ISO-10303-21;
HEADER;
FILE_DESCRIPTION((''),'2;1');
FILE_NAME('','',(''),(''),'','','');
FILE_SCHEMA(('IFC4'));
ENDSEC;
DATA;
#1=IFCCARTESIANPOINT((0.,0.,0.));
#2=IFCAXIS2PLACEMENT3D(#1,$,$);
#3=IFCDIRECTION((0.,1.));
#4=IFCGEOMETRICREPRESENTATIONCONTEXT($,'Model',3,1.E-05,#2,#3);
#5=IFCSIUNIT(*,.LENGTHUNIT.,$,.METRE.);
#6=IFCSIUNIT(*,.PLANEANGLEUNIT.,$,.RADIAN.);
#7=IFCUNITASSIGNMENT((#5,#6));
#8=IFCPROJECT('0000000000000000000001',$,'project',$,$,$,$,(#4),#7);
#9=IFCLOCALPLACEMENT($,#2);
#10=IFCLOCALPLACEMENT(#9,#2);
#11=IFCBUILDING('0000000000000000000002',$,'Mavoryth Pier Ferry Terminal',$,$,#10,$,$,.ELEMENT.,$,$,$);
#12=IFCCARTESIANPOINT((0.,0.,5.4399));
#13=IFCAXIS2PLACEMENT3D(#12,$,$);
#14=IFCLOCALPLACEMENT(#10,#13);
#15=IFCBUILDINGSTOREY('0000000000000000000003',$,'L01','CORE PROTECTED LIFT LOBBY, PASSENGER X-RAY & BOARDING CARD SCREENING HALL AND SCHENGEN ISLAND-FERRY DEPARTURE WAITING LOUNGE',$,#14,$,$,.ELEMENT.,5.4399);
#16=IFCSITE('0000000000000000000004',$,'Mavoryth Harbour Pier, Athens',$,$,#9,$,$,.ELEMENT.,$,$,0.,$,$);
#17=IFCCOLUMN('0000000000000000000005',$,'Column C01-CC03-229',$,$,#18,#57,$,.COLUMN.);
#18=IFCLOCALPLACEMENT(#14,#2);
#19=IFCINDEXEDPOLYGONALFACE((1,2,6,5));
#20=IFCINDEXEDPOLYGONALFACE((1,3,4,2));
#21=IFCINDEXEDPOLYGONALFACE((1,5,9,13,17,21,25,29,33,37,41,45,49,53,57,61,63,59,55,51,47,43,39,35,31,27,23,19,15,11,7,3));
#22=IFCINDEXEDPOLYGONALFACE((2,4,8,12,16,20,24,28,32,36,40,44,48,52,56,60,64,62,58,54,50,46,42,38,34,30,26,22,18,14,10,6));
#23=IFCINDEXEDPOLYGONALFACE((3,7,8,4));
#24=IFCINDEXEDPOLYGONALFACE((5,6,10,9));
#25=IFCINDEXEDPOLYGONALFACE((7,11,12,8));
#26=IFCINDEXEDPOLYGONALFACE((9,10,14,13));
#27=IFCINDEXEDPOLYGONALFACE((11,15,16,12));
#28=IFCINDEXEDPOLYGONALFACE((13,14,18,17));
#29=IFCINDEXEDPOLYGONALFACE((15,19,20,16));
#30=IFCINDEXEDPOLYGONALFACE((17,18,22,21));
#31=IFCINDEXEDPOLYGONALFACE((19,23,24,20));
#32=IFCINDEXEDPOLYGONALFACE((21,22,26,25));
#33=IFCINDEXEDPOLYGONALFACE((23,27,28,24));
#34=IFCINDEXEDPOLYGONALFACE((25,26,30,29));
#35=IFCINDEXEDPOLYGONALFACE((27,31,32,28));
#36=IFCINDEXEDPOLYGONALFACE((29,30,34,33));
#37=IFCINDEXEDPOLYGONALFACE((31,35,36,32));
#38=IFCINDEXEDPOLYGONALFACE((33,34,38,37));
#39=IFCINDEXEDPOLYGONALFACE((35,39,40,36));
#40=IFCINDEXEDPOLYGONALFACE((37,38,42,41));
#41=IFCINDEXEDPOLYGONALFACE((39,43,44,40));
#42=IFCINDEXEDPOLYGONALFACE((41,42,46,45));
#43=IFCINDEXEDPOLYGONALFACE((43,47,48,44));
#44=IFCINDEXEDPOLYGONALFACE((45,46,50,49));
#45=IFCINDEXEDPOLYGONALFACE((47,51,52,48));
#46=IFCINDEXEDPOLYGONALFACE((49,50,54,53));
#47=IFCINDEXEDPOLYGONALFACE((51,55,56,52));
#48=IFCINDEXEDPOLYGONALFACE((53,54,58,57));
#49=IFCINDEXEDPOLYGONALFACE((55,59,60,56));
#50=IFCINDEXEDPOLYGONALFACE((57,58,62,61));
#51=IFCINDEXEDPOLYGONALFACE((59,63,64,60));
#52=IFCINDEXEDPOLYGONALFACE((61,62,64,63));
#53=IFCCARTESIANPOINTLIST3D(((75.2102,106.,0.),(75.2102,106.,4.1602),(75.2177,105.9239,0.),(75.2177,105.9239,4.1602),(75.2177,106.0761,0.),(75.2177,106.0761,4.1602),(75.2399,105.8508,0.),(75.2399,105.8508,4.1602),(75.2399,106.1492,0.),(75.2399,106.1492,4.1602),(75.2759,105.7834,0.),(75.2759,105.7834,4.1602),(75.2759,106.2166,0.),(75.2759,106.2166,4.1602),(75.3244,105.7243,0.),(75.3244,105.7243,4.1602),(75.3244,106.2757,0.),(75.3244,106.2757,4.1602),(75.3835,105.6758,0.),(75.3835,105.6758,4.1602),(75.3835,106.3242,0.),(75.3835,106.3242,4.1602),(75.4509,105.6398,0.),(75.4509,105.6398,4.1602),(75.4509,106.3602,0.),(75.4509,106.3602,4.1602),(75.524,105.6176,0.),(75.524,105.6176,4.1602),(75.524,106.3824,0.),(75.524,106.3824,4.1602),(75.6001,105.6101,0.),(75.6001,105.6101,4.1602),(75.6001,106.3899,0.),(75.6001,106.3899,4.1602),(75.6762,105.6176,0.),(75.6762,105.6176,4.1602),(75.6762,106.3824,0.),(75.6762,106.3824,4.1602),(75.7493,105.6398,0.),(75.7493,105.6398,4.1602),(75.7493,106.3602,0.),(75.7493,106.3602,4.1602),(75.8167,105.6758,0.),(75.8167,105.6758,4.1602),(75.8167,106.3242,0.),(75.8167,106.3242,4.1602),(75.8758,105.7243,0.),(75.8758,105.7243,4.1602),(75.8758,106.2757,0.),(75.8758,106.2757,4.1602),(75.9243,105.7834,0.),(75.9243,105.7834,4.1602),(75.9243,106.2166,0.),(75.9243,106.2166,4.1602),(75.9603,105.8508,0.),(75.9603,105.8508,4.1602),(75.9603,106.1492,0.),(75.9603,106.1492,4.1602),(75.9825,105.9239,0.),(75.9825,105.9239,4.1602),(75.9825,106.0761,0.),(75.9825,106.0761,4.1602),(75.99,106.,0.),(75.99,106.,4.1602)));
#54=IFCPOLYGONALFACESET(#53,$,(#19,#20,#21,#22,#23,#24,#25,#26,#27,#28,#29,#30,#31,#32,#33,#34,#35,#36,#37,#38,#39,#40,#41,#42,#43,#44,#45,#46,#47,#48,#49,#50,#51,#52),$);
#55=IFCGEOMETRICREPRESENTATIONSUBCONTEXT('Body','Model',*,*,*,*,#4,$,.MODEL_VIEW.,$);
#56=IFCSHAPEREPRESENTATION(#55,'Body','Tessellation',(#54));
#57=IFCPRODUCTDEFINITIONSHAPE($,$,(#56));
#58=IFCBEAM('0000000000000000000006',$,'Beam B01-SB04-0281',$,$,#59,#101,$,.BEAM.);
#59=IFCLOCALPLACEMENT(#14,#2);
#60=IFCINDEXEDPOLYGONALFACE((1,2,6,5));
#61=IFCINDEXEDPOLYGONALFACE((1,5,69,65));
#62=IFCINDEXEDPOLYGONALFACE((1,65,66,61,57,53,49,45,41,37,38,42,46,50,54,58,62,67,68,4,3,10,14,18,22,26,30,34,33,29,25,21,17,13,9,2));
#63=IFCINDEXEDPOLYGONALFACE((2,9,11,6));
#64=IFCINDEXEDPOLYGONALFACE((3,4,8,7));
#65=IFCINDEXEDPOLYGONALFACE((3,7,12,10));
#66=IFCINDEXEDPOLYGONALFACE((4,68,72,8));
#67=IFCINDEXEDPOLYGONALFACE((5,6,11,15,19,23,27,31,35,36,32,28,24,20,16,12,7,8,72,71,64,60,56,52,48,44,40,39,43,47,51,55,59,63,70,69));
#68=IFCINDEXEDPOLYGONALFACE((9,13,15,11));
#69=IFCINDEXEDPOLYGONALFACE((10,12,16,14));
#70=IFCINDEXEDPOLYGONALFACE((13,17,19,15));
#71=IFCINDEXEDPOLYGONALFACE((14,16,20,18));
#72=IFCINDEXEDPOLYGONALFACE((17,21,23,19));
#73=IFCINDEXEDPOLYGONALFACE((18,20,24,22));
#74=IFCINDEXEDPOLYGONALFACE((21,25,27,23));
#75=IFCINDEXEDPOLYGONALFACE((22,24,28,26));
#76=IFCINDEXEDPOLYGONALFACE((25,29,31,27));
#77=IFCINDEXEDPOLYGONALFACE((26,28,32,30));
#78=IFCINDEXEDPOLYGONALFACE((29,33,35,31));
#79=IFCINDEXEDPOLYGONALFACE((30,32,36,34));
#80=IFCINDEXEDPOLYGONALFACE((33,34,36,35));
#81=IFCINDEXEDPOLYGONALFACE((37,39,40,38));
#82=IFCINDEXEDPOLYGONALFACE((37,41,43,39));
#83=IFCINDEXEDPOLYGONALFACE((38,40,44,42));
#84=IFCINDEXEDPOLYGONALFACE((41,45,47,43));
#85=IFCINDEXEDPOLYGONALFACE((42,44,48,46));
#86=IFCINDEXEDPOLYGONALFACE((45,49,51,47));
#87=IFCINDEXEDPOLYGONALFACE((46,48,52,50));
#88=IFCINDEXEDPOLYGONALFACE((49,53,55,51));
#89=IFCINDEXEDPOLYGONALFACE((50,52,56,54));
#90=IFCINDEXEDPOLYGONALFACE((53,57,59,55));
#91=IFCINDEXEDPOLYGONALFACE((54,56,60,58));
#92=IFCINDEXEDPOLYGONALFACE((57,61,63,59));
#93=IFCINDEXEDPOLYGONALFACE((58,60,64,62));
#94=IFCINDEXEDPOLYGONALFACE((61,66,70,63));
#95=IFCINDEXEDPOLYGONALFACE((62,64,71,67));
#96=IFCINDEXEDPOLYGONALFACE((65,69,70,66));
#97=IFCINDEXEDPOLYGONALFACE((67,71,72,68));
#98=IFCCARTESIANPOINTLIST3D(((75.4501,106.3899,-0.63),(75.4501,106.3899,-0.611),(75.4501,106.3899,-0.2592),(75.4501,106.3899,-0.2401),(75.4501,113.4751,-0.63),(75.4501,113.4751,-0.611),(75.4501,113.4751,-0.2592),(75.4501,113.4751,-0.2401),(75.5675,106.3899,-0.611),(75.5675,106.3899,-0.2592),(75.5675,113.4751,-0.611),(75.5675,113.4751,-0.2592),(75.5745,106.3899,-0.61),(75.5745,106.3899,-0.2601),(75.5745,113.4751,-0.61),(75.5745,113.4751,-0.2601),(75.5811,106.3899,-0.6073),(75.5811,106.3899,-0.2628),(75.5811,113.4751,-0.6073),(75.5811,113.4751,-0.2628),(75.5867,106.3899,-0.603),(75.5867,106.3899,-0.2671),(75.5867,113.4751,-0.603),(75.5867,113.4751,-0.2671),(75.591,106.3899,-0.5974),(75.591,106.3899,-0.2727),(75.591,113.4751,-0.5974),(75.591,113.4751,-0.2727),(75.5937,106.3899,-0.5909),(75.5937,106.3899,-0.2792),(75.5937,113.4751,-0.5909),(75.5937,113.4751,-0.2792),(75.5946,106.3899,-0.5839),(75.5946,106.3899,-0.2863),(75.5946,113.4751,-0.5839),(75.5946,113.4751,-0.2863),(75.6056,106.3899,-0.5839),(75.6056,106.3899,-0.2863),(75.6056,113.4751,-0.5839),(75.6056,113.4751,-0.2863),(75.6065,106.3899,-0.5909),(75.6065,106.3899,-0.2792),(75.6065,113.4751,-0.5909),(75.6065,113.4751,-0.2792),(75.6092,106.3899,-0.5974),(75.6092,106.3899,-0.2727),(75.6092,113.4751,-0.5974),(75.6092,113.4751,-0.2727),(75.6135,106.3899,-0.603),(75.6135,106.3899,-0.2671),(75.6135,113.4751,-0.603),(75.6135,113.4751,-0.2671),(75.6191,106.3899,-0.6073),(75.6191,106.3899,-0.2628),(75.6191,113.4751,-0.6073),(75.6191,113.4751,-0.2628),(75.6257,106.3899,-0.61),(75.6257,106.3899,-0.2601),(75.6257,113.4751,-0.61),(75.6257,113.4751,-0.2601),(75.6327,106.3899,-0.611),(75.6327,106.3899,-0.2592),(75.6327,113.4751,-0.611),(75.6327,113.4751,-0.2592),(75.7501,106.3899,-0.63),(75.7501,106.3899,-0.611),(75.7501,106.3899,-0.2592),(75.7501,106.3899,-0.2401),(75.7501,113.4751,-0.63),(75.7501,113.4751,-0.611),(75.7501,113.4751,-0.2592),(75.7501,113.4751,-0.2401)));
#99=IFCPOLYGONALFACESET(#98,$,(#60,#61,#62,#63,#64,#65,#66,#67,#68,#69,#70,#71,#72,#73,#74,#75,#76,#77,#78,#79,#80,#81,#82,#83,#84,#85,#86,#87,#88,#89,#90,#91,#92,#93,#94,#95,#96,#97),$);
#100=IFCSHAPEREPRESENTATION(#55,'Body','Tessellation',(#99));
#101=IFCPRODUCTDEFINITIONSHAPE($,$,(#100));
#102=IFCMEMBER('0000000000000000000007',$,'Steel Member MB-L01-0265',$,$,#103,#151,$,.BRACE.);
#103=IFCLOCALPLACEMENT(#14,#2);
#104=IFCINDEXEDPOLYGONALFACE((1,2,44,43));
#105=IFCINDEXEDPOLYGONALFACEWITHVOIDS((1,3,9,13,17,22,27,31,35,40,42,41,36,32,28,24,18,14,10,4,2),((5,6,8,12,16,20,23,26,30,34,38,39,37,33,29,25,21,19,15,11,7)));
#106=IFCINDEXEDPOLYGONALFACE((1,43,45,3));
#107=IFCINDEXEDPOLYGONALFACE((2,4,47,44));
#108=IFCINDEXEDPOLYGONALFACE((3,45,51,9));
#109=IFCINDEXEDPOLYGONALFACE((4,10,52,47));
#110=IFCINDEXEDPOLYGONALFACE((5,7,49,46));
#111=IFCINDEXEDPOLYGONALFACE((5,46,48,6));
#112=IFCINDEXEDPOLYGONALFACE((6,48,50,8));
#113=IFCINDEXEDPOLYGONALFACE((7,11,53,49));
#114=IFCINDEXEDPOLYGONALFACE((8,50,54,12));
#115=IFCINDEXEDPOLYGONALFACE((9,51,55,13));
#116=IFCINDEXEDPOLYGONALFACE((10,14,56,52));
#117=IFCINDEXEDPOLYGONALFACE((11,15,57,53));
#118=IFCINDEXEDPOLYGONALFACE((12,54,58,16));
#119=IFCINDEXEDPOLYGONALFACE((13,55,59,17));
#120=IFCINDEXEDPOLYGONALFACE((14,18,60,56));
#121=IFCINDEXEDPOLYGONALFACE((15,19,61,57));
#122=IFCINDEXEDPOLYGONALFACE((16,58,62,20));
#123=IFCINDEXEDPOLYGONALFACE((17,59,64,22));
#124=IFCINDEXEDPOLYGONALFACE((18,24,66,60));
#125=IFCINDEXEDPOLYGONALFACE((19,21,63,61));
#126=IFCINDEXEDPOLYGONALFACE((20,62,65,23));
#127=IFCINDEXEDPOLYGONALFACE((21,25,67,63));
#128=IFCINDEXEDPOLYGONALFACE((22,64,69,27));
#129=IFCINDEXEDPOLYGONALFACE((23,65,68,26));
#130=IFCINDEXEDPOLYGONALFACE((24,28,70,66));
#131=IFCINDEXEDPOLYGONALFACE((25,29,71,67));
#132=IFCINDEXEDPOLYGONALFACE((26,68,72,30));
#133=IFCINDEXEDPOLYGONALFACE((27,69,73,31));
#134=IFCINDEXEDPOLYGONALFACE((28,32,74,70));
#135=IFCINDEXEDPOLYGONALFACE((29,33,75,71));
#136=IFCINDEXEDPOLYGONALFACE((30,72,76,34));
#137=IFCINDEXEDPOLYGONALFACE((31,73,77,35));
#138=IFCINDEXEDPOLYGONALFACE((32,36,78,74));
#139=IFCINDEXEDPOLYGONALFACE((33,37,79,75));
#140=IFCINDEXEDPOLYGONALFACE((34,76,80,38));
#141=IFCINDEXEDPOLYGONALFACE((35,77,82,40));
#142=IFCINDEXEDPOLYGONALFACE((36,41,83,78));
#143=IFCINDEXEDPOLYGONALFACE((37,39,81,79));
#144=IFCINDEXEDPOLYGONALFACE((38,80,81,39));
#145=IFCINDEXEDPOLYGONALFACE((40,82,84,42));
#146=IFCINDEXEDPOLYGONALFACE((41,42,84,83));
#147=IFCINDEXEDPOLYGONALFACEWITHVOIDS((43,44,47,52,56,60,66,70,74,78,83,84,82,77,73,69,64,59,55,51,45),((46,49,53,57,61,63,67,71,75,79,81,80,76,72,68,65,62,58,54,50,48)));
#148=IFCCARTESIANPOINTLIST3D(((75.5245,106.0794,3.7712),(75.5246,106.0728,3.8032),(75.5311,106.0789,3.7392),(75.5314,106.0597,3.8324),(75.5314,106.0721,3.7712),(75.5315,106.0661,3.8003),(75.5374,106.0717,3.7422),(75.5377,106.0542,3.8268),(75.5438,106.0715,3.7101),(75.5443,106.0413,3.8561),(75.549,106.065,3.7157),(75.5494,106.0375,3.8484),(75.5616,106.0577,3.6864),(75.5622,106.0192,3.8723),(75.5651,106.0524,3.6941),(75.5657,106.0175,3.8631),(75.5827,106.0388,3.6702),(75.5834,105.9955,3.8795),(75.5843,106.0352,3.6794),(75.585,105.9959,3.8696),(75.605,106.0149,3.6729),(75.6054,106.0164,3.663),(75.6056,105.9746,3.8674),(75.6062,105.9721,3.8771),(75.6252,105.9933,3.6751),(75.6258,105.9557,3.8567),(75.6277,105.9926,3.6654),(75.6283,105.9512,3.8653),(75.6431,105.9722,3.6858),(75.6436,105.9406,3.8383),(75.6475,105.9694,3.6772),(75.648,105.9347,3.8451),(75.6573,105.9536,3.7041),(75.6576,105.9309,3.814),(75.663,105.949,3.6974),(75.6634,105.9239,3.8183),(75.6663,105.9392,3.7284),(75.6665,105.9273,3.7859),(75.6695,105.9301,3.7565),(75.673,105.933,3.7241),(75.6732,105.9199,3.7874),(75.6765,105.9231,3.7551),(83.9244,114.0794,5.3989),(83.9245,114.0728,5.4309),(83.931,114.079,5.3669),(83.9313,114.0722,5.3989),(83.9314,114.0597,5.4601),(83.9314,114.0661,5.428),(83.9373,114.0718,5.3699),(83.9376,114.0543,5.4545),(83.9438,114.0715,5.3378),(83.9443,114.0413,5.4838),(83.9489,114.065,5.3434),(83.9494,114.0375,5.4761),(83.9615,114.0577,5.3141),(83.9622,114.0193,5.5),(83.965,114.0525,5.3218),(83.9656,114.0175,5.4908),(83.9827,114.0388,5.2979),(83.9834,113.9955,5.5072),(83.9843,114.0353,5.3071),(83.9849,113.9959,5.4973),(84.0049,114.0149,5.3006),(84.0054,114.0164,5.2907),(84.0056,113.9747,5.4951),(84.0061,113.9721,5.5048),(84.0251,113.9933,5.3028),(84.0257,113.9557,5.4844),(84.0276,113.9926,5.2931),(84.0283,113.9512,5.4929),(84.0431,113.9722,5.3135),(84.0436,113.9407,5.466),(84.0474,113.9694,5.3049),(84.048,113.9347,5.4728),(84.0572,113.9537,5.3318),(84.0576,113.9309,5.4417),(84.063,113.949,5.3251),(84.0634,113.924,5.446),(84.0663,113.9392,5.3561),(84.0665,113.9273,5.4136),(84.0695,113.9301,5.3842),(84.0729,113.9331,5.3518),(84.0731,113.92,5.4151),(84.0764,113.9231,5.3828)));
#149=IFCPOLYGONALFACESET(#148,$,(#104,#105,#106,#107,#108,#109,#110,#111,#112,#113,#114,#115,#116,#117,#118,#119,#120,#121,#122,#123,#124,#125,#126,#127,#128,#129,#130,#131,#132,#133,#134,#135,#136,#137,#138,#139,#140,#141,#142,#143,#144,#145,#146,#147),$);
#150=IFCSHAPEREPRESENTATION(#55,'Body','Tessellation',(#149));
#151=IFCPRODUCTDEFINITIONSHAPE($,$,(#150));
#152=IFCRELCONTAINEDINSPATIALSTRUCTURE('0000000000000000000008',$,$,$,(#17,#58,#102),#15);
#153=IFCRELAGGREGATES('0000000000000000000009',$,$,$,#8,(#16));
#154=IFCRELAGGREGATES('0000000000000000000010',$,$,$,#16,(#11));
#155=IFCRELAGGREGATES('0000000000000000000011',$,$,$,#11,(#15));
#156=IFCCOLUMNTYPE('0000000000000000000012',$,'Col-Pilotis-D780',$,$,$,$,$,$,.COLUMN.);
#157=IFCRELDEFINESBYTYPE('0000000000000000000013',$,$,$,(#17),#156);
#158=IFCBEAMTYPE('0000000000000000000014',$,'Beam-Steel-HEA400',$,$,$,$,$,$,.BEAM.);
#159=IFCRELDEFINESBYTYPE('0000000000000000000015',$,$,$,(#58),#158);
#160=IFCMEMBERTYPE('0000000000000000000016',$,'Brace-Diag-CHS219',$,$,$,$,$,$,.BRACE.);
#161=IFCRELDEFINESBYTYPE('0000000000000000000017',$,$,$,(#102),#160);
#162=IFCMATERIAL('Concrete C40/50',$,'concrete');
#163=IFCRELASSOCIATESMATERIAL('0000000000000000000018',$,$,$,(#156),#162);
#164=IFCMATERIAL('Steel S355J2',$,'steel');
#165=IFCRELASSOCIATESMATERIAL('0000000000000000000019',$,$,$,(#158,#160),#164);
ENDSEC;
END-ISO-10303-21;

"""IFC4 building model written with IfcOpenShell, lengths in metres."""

from ifc_helpers import new_model, si_unit, direction, frame, origin, origin_2d, place, context, subcontext, project, spatial, circle, hollow_circle, i_section, extrude, material, material_profile, profile_set, type_object, element, save


model = new_model("IFC4")

# Units and contexts
model_context = context("Model", 3, precision=1e-05, world=origin(), true_north=direction((0.0, 1.0)))
body_context = subcontext(model_context, "Body", "Model", "MODEL_VIEW")
ifc_project = project(units=[si_unit("LENGTHUNIT", "METRE"), si_unit("PLANEANGLEUNIT", "RADIAN")], contexts=[model_context])

# Site, building, storey
site_placement = place(None, origin())
site = spatial("IfcSite", under=ifc_project, at=site_placement, Name="Mavoryth Harbour Pier, Athens", CompositionType="ELEMENT", RefElevation=0.0)
building_placement = place(site_placement, origin())
building = spatial("IfcBuilding", under=site, at=building_placement, Name="Mavoryth Pier Ferry Terminal", CompositionType="ELEMENT")
storey_placement = place(building_placement, frame((0.0, 0.0, 5.4399)))
storey = spatial("IfcBuildingStorey", under=building, at=storey_placement, Name="L01", Description="CORE PROTECTED LIFT LOBBY, PASSENGER X-RAY & BOARDING CARD SCREENING HALL AND SCHENGEN ISLAND-FERRY DEPARTURE WAITING LOUNGE", CompositionType="ELEMENT", Elevation=5.4399)

# Column
ifc_material_1 = material(Name="Concrete C40/50", Category="concrete")
ifc_material_profile_1 = material_profile(ifc_material_1, circle(Radius=0.3899, at=origin_2d()), Name="RC D780", Category="concrete")
ifc_profile_set_1 = profile_set([ifc_material_profile_1], Name="Concrete C40/50 - RC D780")
column_type = type_object("IfcColumnType", Name="Col-Pilotis-D780", PredefinedType="COLUMN", material=ifc_profile_set_1)
column_placement = place(storey_placement, frame((75.6001, 106.0, 0.0), z_axis=(0.0, 0.0, 1.0), x_axis=(1.0, 0.0, 0.0)))
element("IfcColumn", 1, at=column_placement, inside=storey, type_object=column_type, Name="Column C01-CC03-229", PredefinedType="COLUMN", context=body_context, shape_type="SweptSolid", body=[
    extrude(circle(Radius=0.3899, at=origin_2d()), origin(), (0.0, 0.0, 1.0), 4.1602),
])

# Beam
ifc_material_2 = material(Name="Steel S355J2", Category="steel")
ifc_material_profile_2 = material_profile(ifc_material_2, i_section(OverallWidth=0.3, OverallDepth=0.3899, WebThickness=0.011, FlangeThickness=0.019, FilletRadius=0.0271, at=origin_2d()), Name="HEA 400", Category="steel")
ifc_profile_set_2 = profile_set([ifc_material_profile_2], Name="Steel S355J2 - HEA 400")
beam_type_1 = type_object("IfcBeamType", Name="Beam-Steel-HEA400", PredefinedType="BEAM", material=ifc_profile_set_2)
beam_1_placement = place(storey_placement, frame((75.6001, 106.3899, -0.4351), z_axis=(0.0, 1.0, 0.0), x_axis=(-1.0, 0.0, 0.0)))
element("IfcBeam", 2, at=beam_1_placement, inside=storey, type_object=beam_type_1, Name="Beam B01-SB04-0281", PredefinedType="BEAM", context=body_context, shape_type="SweptSolid", body=[
    extrude(i_section(OverallWidth=0.3, OverallDepth=0.3899, WebThickness=0.011, FlangeThickness=0.019, FilletRadius=0.0271, at=origin_2d()), origin(), (0.0, 0.0, 1.0), 7.0852),
])

# Member
ifc_material_profile_3 = material_profile(ifc_material_2, hollow_circle(Radius=0.1096, WallThickness=0.01, at=origin_2d()), Name="CHS 219.1x10.0", Category="steel")
ifc_profile_set_3 = profile_set([ifc_material_profile_3], Name="Steel S355J2 - CHS 219.1x10.0")
member_type_1 = type_object("IfcMemberType", Name="Brace-Diag-CHS219", PredefinedType="BRACE", material=ifc_profile_set_3)
member_1_placement = place(storey_placement, frame((75.6001, 106.0, 3.7712), z_axis=(0.717109, 0.682969, 0.138957), x_axis=(-0.689659, 0.724134, 0.0)))
element("IfcMember", 3, at=member_1_placement, inside=storey, type_object=member_type_1, Name="Steel Member MB-L01-0265", PredefinedType="BRACE", context=body_context, shape_type="SweptSolid", body=[
    extrude(hollow_circle(Radius=0.1096, WallThickness=0.01, at=origin_2d()), origin(), (0.0, 0.0, 1.0), 11.7136),
])

save(model, "model.ifc")
